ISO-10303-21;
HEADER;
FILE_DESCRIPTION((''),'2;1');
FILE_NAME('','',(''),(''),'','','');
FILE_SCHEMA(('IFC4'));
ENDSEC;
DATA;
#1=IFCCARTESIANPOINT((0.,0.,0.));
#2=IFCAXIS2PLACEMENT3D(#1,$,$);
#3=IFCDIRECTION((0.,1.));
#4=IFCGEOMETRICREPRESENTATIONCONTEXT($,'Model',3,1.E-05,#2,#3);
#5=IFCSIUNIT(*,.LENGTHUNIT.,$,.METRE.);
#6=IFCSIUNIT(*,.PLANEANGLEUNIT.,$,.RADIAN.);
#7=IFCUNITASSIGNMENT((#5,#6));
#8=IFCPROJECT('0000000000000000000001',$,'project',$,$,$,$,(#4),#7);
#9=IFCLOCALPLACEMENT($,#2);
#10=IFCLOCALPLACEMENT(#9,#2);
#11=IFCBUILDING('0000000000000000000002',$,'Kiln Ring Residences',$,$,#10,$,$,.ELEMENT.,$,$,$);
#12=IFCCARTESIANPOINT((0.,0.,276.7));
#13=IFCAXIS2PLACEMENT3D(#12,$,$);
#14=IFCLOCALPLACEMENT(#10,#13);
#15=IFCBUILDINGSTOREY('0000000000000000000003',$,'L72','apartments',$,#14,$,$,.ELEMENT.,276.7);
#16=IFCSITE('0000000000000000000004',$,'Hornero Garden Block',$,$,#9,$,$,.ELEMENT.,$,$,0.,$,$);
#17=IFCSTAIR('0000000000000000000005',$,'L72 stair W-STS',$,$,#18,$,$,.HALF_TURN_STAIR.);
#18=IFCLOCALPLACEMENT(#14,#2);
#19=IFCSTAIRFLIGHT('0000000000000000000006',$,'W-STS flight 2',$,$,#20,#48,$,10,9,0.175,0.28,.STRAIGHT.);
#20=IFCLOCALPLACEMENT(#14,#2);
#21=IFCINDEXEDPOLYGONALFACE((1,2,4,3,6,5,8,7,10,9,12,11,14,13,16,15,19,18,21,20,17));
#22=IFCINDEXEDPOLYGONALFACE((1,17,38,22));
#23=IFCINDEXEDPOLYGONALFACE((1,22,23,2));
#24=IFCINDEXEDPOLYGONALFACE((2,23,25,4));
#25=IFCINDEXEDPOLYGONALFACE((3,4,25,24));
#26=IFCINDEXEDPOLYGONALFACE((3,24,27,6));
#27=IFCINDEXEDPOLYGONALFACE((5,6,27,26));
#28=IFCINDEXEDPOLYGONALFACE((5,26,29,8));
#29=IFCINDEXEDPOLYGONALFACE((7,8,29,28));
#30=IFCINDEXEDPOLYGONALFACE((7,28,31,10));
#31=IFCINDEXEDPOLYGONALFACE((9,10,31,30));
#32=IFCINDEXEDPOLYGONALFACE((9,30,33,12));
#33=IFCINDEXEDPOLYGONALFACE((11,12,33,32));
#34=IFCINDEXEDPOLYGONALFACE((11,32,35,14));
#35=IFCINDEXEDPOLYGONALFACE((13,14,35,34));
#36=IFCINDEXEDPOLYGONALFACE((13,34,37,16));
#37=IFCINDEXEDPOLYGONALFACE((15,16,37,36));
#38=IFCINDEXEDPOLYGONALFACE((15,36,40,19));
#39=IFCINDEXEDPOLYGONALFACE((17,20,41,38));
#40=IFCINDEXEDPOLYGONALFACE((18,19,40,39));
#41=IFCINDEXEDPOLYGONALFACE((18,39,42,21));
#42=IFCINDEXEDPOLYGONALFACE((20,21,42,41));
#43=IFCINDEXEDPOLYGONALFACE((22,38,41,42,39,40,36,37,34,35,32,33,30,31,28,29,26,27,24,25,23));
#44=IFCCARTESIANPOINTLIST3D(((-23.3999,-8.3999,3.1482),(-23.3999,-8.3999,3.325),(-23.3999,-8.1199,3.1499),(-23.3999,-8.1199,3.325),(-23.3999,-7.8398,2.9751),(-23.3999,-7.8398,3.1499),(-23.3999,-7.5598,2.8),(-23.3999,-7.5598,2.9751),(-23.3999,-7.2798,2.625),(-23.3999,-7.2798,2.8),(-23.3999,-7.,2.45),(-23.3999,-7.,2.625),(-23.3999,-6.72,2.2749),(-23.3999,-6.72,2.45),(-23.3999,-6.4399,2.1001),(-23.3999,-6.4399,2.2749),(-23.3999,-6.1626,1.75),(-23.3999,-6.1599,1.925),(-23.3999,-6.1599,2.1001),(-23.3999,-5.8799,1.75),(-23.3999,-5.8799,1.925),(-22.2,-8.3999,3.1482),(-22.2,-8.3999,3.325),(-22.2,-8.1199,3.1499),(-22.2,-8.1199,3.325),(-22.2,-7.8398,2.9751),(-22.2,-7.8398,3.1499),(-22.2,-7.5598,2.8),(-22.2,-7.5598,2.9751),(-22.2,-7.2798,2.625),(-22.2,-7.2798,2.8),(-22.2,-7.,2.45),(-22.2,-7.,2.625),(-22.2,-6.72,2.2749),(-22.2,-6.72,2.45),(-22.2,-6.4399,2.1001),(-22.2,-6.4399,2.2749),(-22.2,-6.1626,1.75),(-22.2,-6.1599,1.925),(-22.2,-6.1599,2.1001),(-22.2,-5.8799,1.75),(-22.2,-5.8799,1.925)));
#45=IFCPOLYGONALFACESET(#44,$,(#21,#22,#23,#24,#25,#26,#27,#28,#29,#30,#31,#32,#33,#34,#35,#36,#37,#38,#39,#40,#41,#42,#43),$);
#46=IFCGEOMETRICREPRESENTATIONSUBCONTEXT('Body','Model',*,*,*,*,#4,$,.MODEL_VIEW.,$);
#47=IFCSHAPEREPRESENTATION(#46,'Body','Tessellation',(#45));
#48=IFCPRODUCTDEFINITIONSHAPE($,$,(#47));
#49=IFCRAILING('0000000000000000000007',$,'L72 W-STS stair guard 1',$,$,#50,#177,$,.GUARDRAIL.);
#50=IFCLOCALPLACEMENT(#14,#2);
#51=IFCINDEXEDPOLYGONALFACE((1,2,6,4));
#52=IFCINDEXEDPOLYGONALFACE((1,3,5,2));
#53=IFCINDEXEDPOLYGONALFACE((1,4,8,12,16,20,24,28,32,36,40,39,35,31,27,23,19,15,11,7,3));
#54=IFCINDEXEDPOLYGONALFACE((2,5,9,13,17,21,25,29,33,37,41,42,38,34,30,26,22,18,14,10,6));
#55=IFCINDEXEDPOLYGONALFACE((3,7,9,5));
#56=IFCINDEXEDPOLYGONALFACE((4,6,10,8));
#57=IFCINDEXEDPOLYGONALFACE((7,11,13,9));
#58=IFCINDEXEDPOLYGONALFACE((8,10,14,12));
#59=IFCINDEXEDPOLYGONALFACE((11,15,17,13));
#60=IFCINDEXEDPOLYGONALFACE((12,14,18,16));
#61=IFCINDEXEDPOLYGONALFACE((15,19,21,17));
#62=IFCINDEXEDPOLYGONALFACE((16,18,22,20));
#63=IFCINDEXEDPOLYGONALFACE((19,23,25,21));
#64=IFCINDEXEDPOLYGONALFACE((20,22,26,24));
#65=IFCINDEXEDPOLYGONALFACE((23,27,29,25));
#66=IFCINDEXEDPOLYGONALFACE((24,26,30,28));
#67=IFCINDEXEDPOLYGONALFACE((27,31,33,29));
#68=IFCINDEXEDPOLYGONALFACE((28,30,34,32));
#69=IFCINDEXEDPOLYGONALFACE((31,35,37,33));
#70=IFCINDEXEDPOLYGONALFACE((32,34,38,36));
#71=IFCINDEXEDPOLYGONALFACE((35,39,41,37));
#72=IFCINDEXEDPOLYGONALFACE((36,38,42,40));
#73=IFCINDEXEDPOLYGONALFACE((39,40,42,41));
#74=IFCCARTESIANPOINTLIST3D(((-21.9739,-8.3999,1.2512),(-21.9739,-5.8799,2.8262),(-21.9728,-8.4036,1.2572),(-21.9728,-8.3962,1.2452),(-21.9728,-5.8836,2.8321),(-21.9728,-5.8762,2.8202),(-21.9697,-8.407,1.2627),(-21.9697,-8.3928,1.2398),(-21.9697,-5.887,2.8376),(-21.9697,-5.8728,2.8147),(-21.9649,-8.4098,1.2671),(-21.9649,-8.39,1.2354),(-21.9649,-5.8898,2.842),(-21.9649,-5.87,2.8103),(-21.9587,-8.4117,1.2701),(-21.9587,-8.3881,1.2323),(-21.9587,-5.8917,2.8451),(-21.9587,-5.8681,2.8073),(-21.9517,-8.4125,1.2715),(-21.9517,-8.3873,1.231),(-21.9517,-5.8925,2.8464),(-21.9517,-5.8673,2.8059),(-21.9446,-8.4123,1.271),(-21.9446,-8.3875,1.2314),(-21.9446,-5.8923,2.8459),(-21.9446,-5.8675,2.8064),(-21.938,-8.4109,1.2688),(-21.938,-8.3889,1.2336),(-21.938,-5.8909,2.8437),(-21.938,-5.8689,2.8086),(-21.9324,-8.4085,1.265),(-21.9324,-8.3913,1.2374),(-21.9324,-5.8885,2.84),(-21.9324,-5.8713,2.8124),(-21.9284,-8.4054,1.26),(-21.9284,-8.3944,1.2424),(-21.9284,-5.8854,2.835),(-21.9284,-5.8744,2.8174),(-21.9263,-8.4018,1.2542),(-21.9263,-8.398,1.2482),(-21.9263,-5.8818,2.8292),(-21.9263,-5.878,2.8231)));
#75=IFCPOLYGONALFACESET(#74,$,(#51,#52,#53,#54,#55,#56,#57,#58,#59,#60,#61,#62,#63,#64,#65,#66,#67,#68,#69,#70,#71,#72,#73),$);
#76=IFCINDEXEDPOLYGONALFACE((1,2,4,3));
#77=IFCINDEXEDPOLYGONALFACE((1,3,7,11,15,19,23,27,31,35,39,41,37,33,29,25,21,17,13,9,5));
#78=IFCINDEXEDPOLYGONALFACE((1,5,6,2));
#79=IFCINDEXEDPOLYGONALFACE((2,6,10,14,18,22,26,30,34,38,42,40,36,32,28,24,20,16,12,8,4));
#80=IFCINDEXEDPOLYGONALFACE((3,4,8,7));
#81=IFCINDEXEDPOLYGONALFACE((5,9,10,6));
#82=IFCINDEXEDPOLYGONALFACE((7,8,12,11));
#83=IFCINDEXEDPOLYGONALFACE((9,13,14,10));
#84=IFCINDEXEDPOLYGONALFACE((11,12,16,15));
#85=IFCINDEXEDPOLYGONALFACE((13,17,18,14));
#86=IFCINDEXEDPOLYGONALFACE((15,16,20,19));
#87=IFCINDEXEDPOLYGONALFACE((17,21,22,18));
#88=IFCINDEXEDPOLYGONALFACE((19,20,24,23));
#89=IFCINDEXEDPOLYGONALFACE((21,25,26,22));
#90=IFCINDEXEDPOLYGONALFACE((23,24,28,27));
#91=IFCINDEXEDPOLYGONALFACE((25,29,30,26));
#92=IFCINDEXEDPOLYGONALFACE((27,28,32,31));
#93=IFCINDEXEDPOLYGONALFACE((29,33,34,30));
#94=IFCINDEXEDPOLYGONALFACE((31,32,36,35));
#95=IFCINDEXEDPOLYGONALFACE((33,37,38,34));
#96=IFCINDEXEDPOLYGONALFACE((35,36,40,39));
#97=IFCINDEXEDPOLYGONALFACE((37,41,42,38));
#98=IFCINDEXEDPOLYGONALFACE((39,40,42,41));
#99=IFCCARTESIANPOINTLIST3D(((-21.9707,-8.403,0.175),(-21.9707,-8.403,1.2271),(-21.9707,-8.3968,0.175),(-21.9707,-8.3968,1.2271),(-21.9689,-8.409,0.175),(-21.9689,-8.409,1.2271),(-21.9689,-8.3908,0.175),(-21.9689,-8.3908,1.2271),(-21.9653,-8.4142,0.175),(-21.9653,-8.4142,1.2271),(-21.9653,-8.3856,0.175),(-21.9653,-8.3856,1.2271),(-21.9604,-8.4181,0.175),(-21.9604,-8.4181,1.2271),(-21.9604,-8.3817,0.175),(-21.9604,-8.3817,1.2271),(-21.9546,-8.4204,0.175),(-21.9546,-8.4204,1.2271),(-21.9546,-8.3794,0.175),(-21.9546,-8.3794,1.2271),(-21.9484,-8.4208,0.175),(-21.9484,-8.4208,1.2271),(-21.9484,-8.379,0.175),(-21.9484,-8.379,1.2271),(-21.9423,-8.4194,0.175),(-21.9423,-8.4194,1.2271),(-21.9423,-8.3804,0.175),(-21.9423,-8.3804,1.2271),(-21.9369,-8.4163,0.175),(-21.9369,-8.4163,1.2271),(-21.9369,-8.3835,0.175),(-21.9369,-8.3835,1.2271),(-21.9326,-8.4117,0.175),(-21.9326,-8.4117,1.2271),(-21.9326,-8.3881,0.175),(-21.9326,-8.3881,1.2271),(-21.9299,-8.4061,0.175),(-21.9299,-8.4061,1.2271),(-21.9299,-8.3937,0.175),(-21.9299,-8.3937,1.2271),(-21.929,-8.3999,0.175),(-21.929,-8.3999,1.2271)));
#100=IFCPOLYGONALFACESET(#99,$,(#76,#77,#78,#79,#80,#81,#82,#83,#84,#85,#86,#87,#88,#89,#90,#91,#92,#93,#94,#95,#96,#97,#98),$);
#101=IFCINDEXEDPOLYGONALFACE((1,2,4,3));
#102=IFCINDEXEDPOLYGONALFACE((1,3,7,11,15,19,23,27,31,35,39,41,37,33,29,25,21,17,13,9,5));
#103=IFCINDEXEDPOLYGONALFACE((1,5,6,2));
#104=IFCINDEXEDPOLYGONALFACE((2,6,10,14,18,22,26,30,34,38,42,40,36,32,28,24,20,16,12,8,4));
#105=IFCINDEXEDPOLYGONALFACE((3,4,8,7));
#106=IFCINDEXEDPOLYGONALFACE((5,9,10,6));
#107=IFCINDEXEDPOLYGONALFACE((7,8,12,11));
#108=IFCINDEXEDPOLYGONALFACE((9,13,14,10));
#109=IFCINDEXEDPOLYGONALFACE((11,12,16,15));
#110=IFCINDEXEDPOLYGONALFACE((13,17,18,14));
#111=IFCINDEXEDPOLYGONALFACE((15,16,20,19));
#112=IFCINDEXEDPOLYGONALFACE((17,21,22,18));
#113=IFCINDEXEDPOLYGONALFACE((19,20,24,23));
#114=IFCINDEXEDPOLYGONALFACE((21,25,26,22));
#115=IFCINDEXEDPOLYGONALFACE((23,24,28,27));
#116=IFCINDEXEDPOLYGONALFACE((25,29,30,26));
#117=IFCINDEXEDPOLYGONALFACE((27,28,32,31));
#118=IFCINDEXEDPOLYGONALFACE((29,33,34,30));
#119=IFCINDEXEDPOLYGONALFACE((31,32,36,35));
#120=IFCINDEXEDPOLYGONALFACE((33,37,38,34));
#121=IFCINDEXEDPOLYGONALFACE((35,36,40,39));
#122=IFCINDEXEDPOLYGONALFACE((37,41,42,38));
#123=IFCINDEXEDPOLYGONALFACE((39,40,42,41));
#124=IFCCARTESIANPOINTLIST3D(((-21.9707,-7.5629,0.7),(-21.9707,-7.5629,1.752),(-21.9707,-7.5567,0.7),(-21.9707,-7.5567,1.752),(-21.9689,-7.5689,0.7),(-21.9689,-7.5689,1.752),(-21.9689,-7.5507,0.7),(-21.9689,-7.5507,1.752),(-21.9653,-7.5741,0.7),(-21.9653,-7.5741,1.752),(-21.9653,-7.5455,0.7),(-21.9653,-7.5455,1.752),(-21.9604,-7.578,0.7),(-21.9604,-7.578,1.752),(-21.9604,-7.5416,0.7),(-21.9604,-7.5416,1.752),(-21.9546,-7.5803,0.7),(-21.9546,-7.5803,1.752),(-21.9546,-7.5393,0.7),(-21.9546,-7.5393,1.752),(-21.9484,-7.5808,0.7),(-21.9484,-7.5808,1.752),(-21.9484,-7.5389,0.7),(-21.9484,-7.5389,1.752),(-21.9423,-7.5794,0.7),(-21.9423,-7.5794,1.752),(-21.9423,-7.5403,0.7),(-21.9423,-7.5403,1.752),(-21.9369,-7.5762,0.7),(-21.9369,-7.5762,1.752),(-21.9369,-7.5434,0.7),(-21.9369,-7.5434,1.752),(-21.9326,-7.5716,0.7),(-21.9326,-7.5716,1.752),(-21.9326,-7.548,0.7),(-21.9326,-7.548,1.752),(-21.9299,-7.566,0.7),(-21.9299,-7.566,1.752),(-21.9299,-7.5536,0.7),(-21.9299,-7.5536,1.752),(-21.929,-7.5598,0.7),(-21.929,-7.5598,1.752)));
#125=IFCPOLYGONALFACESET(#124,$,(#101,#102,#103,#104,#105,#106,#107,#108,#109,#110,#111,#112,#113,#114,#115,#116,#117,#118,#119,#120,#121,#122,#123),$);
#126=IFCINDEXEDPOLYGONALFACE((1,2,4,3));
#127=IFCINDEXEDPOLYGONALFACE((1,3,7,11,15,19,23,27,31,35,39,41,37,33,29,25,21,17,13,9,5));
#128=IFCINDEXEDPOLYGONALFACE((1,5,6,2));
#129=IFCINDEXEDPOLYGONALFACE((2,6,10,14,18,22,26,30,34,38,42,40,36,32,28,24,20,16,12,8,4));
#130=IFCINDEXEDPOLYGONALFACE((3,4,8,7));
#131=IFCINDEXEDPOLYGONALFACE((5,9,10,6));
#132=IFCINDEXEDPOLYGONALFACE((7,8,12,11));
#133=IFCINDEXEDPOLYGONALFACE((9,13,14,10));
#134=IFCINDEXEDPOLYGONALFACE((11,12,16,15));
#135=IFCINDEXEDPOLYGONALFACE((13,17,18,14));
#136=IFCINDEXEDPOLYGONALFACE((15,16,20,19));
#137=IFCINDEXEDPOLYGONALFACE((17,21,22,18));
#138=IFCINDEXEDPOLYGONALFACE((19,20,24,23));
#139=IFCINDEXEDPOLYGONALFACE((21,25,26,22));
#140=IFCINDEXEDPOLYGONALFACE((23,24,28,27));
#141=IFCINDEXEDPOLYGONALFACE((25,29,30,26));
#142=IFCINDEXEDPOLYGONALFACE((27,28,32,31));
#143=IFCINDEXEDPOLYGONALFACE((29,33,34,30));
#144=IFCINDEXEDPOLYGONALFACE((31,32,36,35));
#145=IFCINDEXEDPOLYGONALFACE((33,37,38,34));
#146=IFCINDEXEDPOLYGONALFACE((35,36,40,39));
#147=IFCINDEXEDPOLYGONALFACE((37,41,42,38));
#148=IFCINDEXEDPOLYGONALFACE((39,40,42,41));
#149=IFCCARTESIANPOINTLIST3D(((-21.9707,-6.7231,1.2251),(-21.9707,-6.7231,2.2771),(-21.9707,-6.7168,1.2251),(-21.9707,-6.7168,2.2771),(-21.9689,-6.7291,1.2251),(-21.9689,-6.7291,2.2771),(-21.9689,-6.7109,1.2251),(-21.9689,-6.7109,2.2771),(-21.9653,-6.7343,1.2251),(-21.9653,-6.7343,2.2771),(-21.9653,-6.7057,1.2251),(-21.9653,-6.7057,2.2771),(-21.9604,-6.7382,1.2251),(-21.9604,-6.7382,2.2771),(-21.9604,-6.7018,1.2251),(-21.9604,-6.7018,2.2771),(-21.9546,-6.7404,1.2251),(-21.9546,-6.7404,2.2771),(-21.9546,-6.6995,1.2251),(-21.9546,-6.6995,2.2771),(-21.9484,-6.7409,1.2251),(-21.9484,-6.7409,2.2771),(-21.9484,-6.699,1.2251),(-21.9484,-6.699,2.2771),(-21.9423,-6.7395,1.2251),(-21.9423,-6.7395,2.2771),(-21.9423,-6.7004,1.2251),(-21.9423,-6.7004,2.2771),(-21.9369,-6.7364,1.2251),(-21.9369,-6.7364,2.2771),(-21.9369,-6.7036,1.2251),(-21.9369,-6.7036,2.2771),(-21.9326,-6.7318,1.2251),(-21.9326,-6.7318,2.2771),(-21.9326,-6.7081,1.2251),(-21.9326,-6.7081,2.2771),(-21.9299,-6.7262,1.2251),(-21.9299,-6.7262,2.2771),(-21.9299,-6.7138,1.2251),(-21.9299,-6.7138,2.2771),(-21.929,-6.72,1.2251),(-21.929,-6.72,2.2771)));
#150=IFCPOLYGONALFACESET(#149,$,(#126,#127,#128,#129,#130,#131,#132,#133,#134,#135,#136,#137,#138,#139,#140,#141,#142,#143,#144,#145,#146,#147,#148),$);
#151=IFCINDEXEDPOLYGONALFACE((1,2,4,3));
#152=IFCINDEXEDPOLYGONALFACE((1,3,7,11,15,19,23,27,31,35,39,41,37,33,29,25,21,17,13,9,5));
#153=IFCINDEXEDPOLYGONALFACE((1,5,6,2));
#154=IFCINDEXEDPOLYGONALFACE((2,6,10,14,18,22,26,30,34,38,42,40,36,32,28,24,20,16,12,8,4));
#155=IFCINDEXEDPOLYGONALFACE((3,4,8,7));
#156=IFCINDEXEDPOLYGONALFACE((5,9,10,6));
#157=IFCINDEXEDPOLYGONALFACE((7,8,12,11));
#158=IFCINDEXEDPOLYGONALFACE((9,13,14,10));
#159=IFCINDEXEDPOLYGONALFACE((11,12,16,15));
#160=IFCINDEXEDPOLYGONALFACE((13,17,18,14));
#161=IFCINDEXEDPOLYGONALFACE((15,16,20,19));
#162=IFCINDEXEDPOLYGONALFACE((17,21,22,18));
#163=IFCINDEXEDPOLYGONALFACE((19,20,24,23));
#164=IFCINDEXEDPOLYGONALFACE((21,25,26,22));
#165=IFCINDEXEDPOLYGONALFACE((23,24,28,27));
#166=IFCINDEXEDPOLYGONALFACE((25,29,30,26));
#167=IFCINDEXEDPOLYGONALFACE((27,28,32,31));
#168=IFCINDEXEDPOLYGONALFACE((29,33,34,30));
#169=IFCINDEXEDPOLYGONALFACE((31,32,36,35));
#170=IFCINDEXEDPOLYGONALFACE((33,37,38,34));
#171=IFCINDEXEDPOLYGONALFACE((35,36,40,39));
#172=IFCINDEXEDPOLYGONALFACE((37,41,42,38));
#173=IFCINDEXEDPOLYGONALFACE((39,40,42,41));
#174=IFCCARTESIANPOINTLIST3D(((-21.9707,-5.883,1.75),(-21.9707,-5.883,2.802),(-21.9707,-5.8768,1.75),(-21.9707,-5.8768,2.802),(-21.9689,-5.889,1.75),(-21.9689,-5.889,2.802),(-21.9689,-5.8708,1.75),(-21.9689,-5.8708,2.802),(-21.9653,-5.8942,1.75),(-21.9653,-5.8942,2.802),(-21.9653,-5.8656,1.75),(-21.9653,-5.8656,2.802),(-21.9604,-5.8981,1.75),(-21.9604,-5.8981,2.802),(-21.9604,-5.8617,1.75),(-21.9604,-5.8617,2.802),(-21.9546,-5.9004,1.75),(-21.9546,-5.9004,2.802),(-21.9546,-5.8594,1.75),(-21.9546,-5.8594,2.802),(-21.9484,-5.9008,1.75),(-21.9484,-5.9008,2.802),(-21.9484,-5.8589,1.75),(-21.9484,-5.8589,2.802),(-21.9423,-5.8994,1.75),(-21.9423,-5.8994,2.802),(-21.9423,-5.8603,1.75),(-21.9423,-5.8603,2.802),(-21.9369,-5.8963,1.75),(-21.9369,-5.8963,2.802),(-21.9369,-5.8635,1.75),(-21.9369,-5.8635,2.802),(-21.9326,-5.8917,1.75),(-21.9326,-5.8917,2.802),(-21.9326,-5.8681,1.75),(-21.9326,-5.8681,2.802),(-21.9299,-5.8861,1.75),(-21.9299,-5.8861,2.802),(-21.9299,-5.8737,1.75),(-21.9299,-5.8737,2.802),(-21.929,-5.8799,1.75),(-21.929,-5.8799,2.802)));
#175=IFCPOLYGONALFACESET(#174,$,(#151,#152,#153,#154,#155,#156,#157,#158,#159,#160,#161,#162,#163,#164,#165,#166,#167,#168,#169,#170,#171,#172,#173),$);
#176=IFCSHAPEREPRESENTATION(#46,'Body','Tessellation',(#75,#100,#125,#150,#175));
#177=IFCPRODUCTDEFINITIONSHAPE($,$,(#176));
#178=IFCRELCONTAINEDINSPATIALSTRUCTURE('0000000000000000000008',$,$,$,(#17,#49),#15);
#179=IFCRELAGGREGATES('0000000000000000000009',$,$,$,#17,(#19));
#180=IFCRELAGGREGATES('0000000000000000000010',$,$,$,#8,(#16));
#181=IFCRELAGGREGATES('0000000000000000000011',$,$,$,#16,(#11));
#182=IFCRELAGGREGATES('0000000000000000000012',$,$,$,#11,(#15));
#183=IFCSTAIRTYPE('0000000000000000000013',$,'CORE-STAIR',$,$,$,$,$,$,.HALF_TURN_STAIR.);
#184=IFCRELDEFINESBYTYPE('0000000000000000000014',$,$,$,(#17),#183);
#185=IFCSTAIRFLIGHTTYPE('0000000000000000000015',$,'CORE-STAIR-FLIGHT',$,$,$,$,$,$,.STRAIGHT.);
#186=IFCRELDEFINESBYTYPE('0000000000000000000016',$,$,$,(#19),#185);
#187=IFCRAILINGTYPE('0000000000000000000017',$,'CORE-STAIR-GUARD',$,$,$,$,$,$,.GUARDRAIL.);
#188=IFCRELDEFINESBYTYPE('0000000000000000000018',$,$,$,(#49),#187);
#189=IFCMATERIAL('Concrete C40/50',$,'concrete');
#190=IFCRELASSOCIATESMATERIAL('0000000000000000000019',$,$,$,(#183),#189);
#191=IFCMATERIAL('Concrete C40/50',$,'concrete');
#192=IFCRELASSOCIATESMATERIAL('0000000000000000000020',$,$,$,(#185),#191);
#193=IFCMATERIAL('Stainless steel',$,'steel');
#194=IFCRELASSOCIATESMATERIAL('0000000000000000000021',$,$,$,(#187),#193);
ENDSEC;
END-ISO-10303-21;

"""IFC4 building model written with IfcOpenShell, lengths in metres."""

from ifc_helpers import new_model, si_unit, direction, frame, origin, origin_2d, place, context, subcontext, project, spatial, polyline, circle, outline, extrude, material, type_object, element, aggregate, save


model = new_model("IFC4")

# Units and contexts
model_context = context("Model", 3, precision=1e-05, world=origin(), true_north=direction((0.0, 1.0)))
body_context = subcontext(model_context, "Body", "Model", "MODEL_VIEW")
ifc_project = project(units=[si_unit("LENGTHUNIT", "METRE"), si_unit("PLANEANGLEUNIT", "RADIAN")], contexts=[model_context])

# Site, building, storey
site_placement = place(None, origin())
site = spatial("IfcSite", under=ifc_project, at=site_placement, Name="Hornero Garden Block", CompositionType="ELEMENT", RefElevation=0.0)
building_placement = place(site_placement, origin())
building = spatial("IfcBuilding", under=site, at=building_placement, Name="Kiln Ring Residences", CompositionType="ELEMENT")
storey_placement = place(building_placement, frame((0.0, 0.0, 276.7)))
storey = spatial("IfcBuildingStorey", under=building, at=storey_placement, Name="L72", Description="apartments", CompositionType="ELEMENT", Elevation=276.7)

# Stair, stair flight
ifc_material_1 = material(Name="Concrete C40/50", Category="concrete")
stair_type = type_object("IfcStairType", Name="CORE-STAIR", PredefinedType="HALF_TURN_STAIR", material=ifc_material_1)
stair_placement = place(storey_placement, origin())
stair = element("IfcStair", 1, at=stair_placement, inside=storey, type_object=stair_type, Name="L72 stair W-STS", PredefinedType="HALF_TURN_STAIR")
ifc_material_2 = material(Name="Concrete C40/50", Category="concrete")
stair_flight_type = type_object("IfcStairFlightType", Name="CORE-STAIR-FLIGHT", PredefinedType="STRAIGHT", material=ifc_material_2)
stair_flight_1_placement = place(storey_placement, frame((-22.8, -5.8799, 1.75), z_axis=(0.0, 0.0, 1.0), x_axis=(0.0, -1.0, 0.0)))
stair_flight_1 = element("IfcStairFlight", 2, at=stair_flight_1_placement, type_object=stair_flight_type, Name="W-STS flight 2", NumberOfRisers=10, NumberOfTreads=9, PredefinedType="STRAIGHT", RiserHeight=0.175, TreadLength=0.28, context=body_context, shape_type="SweptSolid", body=[
    extrude(outline(polyline([(0.0, 0.0), (0.0, 0.175), (0.28, 0.175), (0.28, 0.3501), (0.5601, 0.3501), (0.5601, 0.5249), (0.8401, 0.5249), (0.8401, 0.7), (1.1201, 0.7), (1.1201, 0.875), (1.3999, 0.875), (1.3999, 1.05), (1.6799, 1.05), (1.6799, 1.2251), (1.96, 1.2251), (1.96, 1.3999), (2.24, 1.3999), (2.24, 1.575), (2.52, 1.575), (2.52, 1.75), (2.52, 1.3982), (0.2827, 0.0), (0.0, 0.0)])), frame((0.0, 0.6001, 0.0), z_axis=(0.0, -1.0, 0.0), x_axis=(1.0, 0.0, 0.0)), (0.0, 0.0, 1.0), 1.2),
])
aggregate(stair, [stair_flight_1])

# Railing
ifc_material_3 = material(Name="Stainless steel", Category="steel")
railing_type_1 = type_object("IfcRailingType", Name="CORE-STAIR-GUARD", PredefinedType="GUARDRAIL", material=ifc_material_3)
railing_1_placement = place(storey_placement, frame((-21.95, -8.3999, 0.175)))
element("IfcRailing", 3, at=railing_1_placement, inside=storey, type_object=railing_type_1, Name="L72 W-STS stair guard 1", PredefinedType="GUARDRAIL", context=body_context, shape_type="SweptSolid", body=[
    extrude(circle(Radius=0.0239, at=origin_2d()), frame((0.0, 0.0, 1.0762), z_axis=(0.0, 0.848008, 0.529984), x_axis=(-1.0, 0.0, 0.0)), (0.0, 0.0, 1.0), 2.9717),
    extrude(circle(Radius=0.021, at=origin_2d()), origin(), (0.0, 0.0, 1.0), 1.052),
    extrude(circle(Radius=0.021, at=origin_2d()), frame((0.0, 0.8401, 0.5249)), (0.0, 0.0, 1.0), 1.052),
    extrude(circle(Radius=0.021, at=origin_2d()), frame((0.0, 1.6799, 1.05)), (0.0, 0.0, 1.0), 1.052),
    extrude(circle(Radius=0.021, at=origin_2d()), frame((0.0, 2.52, 1.575)), (0.0, 0.0, 1.0), 1.052),
])

save(model, "model.ifc")
